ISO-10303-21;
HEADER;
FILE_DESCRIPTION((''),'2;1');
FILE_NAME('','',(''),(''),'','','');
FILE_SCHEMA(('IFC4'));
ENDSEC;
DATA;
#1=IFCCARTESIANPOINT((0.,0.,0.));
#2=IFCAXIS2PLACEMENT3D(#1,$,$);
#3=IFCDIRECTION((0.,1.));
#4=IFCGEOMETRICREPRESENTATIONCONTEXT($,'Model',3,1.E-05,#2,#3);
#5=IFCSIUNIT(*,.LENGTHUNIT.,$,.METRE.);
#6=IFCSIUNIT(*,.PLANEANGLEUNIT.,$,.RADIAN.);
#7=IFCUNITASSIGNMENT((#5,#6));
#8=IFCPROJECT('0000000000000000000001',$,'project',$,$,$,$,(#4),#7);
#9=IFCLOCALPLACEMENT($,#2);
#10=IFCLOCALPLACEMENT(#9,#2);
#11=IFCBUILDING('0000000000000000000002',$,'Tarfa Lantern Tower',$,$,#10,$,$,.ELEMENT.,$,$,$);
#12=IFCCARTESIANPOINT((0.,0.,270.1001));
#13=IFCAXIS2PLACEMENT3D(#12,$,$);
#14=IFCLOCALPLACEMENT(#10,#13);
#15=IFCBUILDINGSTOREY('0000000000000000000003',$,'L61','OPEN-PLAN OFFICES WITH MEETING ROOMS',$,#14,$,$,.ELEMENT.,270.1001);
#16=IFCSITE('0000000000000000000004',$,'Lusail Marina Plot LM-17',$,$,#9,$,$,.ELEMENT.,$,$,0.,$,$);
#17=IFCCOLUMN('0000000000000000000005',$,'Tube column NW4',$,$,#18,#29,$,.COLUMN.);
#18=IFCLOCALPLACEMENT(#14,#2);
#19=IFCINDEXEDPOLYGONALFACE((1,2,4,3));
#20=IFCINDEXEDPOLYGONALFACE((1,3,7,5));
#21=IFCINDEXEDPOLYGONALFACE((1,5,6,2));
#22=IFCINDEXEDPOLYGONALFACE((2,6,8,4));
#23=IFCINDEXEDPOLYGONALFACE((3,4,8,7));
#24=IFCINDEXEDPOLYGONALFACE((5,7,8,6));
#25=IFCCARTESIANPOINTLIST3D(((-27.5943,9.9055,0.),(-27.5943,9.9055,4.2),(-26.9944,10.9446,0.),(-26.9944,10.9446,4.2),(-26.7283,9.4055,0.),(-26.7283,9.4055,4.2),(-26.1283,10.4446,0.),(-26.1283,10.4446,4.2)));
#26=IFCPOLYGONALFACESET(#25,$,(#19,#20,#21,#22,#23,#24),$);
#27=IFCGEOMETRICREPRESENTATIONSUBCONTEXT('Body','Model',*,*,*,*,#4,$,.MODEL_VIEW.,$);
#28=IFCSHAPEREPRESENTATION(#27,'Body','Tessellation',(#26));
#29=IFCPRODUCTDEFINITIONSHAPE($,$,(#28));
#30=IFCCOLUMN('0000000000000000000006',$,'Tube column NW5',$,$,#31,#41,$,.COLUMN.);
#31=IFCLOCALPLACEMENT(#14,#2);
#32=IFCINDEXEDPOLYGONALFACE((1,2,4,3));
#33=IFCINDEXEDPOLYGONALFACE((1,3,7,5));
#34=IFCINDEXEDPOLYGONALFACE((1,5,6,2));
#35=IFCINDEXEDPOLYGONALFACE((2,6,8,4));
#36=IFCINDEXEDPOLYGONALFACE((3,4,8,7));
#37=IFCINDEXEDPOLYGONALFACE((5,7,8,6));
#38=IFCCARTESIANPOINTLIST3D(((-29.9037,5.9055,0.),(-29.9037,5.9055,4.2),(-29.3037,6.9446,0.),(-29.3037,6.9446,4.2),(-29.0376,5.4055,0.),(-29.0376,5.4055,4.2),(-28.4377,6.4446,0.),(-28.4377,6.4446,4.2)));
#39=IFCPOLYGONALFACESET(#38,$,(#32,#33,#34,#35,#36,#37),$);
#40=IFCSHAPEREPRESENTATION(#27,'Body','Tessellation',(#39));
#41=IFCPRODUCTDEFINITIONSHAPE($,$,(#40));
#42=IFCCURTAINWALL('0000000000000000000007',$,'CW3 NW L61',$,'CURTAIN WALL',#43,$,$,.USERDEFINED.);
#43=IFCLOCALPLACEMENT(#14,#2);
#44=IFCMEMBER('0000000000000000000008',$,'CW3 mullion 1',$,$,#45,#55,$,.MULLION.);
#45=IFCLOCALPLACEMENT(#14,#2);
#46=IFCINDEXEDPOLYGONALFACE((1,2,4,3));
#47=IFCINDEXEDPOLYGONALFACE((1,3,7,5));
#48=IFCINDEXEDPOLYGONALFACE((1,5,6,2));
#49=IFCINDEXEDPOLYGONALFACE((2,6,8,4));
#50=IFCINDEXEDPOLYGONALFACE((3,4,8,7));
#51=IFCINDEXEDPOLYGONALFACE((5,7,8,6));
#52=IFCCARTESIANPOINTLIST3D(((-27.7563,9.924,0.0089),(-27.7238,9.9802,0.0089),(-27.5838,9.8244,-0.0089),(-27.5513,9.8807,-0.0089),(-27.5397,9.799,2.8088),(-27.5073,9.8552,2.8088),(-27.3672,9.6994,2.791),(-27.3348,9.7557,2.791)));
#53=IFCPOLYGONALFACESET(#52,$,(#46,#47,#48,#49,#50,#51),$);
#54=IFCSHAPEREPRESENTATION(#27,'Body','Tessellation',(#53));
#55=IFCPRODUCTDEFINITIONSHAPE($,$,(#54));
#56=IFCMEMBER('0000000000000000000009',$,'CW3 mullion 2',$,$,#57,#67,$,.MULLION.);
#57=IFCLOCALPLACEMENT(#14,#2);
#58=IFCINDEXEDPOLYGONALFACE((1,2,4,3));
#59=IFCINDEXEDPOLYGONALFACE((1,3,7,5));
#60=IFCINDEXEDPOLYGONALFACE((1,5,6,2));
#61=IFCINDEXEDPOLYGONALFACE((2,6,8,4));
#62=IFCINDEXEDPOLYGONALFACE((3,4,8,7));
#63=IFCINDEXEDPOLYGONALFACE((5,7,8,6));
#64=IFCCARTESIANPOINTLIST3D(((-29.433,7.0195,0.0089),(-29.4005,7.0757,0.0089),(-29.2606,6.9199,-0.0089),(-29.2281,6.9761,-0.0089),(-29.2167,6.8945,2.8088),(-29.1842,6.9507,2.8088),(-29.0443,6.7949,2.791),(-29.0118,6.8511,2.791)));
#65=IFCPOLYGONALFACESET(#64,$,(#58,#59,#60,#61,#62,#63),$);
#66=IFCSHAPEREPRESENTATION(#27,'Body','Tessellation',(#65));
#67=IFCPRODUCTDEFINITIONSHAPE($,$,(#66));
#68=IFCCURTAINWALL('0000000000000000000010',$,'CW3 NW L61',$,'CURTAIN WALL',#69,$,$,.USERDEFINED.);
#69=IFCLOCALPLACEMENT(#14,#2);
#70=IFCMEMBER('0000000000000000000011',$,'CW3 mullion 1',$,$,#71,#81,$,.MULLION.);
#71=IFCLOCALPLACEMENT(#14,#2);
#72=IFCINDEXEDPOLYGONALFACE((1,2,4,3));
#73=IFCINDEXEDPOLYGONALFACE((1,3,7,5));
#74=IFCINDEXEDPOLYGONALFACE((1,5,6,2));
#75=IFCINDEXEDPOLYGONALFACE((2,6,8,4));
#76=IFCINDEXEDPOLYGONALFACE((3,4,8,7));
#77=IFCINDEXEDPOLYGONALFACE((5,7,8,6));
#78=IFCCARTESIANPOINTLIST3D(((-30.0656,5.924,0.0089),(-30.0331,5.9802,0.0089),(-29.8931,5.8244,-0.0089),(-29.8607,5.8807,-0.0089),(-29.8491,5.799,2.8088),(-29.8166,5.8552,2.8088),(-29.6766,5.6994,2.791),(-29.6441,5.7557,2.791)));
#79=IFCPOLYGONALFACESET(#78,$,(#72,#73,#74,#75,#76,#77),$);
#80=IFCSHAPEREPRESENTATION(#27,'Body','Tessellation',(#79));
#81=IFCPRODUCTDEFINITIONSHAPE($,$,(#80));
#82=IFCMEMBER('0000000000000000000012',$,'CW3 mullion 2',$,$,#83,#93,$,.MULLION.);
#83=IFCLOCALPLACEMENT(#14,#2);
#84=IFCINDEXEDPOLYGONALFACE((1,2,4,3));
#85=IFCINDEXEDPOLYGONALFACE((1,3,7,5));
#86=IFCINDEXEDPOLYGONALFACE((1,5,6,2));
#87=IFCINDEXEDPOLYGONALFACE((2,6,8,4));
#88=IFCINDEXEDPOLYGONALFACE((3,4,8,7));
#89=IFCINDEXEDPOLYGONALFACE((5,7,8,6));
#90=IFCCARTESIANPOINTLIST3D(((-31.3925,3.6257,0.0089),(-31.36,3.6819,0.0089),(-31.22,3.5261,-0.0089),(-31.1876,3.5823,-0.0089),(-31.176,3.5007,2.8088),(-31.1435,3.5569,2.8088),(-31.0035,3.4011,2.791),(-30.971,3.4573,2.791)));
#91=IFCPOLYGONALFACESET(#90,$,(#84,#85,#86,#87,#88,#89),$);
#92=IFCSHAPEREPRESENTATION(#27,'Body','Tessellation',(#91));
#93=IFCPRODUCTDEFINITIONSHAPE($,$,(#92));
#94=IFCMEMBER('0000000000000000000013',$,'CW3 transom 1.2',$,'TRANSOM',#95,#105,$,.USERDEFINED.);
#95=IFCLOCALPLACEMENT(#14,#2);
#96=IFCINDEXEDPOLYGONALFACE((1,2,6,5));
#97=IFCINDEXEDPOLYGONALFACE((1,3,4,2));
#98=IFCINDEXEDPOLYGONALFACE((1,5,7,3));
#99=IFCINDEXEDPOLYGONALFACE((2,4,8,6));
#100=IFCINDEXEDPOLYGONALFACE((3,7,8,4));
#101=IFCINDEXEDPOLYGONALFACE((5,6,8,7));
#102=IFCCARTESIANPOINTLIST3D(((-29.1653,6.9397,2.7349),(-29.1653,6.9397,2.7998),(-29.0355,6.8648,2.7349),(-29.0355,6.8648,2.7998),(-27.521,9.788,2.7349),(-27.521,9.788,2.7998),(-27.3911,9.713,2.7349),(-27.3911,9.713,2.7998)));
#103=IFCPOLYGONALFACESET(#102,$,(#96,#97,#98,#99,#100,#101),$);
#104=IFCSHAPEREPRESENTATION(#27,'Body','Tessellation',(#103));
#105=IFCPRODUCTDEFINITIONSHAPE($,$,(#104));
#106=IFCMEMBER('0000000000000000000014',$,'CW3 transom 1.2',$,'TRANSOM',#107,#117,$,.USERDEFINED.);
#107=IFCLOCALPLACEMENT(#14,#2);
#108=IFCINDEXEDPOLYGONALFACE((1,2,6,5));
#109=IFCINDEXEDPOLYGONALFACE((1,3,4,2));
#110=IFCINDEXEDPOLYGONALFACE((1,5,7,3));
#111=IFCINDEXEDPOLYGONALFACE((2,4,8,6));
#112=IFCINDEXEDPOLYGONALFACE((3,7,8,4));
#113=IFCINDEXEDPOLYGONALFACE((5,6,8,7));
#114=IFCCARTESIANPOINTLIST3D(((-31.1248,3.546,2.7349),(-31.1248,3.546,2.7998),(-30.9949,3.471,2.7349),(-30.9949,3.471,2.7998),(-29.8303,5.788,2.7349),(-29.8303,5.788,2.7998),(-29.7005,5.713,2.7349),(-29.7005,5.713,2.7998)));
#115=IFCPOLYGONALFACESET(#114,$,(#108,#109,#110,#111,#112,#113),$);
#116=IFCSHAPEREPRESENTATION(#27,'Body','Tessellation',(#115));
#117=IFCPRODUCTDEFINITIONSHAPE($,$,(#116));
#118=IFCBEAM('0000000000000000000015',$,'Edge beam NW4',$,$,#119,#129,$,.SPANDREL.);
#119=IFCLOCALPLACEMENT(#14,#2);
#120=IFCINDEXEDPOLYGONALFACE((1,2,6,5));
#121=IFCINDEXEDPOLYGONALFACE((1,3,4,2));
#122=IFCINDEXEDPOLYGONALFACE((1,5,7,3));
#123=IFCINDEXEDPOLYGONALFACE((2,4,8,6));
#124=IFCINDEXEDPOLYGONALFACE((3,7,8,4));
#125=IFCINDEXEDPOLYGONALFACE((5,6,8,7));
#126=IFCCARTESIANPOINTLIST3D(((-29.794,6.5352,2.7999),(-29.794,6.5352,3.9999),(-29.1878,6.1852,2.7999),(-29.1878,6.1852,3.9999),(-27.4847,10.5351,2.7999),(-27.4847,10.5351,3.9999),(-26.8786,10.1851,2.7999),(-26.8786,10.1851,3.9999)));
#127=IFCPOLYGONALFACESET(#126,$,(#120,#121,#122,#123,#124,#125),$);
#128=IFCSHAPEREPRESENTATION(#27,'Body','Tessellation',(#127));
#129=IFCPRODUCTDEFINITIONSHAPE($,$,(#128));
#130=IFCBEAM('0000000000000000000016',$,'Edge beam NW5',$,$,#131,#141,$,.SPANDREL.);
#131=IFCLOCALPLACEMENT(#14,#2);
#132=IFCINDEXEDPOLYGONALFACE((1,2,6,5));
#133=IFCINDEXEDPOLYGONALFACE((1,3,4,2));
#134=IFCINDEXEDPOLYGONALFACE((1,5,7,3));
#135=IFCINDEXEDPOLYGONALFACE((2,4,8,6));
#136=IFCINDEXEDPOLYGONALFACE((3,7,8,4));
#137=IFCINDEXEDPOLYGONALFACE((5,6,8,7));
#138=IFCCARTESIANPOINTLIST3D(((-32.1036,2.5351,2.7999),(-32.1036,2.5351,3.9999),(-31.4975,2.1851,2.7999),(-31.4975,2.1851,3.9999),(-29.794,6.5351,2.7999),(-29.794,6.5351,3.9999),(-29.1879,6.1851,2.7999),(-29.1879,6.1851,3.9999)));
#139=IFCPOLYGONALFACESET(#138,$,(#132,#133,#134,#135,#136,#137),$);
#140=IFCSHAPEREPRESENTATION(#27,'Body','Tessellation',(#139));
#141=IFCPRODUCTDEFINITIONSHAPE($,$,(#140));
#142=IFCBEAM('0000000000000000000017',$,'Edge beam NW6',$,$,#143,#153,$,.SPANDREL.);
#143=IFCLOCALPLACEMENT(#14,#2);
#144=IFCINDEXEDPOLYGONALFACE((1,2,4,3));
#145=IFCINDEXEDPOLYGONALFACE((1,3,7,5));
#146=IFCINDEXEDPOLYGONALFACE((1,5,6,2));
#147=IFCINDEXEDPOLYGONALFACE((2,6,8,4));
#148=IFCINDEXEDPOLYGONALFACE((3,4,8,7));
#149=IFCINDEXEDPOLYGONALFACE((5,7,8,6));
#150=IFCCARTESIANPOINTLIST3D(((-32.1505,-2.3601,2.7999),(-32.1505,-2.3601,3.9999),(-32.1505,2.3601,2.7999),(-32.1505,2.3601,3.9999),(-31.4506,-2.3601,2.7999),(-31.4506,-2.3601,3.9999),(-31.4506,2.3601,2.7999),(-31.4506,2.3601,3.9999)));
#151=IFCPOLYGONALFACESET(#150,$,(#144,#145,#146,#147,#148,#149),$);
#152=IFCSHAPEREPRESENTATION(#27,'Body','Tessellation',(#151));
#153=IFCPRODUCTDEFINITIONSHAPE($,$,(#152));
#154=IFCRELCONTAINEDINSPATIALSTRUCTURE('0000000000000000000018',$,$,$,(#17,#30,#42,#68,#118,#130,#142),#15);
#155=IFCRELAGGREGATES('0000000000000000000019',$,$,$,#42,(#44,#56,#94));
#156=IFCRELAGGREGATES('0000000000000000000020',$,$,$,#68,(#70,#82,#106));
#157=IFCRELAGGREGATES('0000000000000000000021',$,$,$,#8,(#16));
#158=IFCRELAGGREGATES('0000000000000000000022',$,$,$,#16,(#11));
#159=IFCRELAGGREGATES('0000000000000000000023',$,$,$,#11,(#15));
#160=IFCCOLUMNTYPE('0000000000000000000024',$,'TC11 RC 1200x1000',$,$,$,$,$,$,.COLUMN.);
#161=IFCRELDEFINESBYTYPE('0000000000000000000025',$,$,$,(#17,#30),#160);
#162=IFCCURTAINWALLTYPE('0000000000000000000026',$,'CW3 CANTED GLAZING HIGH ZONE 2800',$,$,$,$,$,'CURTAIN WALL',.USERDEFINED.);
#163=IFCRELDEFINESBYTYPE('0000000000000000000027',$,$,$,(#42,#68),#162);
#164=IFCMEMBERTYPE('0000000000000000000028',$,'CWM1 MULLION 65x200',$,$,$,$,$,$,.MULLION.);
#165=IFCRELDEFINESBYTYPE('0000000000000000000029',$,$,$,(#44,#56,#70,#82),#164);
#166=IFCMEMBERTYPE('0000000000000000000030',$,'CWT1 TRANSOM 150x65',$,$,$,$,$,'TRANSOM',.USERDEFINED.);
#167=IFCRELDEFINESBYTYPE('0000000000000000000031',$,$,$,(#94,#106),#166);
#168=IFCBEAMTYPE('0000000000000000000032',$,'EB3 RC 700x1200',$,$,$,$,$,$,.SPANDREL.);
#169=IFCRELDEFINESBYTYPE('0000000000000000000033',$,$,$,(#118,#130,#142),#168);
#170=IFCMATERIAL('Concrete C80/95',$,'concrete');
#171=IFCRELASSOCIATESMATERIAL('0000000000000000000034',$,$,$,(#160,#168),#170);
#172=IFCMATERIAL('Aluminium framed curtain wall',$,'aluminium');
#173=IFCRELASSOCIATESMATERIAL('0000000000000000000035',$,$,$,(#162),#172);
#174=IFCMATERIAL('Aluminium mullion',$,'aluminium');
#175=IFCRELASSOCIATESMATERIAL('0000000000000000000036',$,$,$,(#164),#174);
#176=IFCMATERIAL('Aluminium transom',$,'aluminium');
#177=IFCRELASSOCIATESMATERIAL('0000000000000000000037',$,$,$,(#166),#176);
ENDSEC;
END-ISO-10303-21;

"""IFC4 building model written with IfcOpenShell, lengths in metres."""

from ifc_helpers import new_model, si_unit, direction, frame, origin, origin_2d, place, context, subcontext, project, spatial, rectangle, extrude, material, material_profile, profile_set, type_object, element, aggregate, save


model = new_model("IFC4")

# Units and contexts
model_context = context("Model", 3, precision=1e-05, world=origin(), true_north=direction((0.0, 1.0)))
body_context = subcontext(model_context, "Body", "Model", "MODEL_VIEW")
ifc_project = project(units=[si_unit("LENGTHUNIT", "METRE"), si_unit("PLANEANGLEUNIT", "RADIAN")], contexts=[model_context])

# Site, building, storey
site_placement = place(None, origin())
site = spatial("IfcSite", under=ifc_project, at=site_placement, Name="Lusail Marina Plot LM-17", CompositionType="ELEMENT", RefElevation=0.0)
building_placement = place(site_placement, origin())
building = spatial("IfcBuilding", under=site, at=building_placement, Name="Tarfa Lantern Tower", CompositionType="ELEMENT")
storey_placement = place(building_placement, frame((0.0, 0.0, 270.1001)))
storey = spatial("IfcBuildingStorey", under=building, at=storey_placement, Name="L61", Description="OPEN-PLAN OFFICES WITH MEETING ROOMS", CompositionType="ELEMENT", Elevation=270.1001)

# Columns
ifc_material_1 = material(Name="Concrete C80/95", Category="concrete")
ifc_material_profile_1 = material_profile(ifc_material_1, rectangle(XDim=1.2, YDim=1.0, at=origin_2d()), Name="RC 1200x1000")
ifc_profile_set_1 = profile_set([ifc_material_profile_1], Name="Concrete C80/95")
column_type = type_object("IfcColumnType", Name="TC11 RC 1200x1000", PredefinedType="COLUMN", material=ifc_profile_set_1)
for number, where, z_axis, x_axis, name in (
    (1, (-26.8613, 10.175, 0.0), (0.0, 0.0, 1.0), (-0.5, -0.866025, 0.0), "Tube column NW4"),
    (2, (-29.1707, 6.175, 0.0), (0.0, 0.0, 1.0), (-0.5, -0.866025, 0.0), "Tube column NW5"),
):
    element("IfcColumn", number, at=place(storey_placement, frame(where, z_axis=z_axis, x_axis=x_axis)), inside=storey, type_object=column_type, Name=name, PredefinedType="COLUMN", context=body_context, shape_type="SweptSolid", body=[
        extrude(rectangle(XDim=1.2, YDim=1.0, at=origin_2d()), origin(), (0.0, 0.0, 1.0), 4.2),
    ])

# Curtain walls, members
ifc_material_2 = material(Name="Aluminium framed curtain wall", Category="aluminium")
curtain_wall_type = type_object("IfcCurtainWallType", Name="CW3 CANTED GLAZING HIGH ZONE 2800", ElementType="CURTAIN WALL", PredefinedType="USERDEFINED", material=ifc_material_2)
curtain_wall_1_placement = place(storey_placement, origin())
curtain_wall_1 = element("IfcCurtainWall", 3, at=curtain_wall_1_placement, inside=storey, type_object=curtain_wall_type, Name="CW3 NW L61", ObjectType="CURTAIN WALL", PredefinedType="USERDEFINED")
ifc_material_3 = material(Name="Aluminium mullion", Category="aluminium")
ifc_material_profile_2 = material_profile(ifc_material_3, rectangle(XDim=0.0649, YDim=0.2, at=origin_2d()), Name="AL MULLION 65x200")
ifc_profile_set_2 = profile_set([ifc_material_profile_2], Name="Aluminium mullion")
member_type_1 = type_object("IfcMemberType", Name="CWM1 MULLION 65x200", PredefinedType="MULLION", material=ifc_profile_set_2)
member_1_placement = place(storey_placement, frame((-27.6538, 9.9023, 0.0), z_axis=(0.077039, -0.044469, 0.996036), x_axis=(0.49992, 0.866072, 0.0)))
member_1 = element("IfcMember", 4, at=member_1_placement, type_object=member_type_1, Name="CW3 mullion 1", PredefinedType="MULLION", context=body_context, shape_type="SweptSolid", body=[
    extrude(rectangle(XDim=0.0649, YDim=0.2, at=origin_2d()), origin(), (0.0, 0.0, 1.0), 2.811),
])
member_2_placement = place(storey_placement, frame((-29.3306, 6.9978, 0.0), z_axis=(0.076953, -0.044469, 0.996043), x_axis=(0.500343, 0.865827, 0.0)))
member_2 = element("IfcMember", 5, at=member_2_placement, type_object=member_type_1, Name="CW3 mullion 2", PredefinedType="MULLION", context=body_context, shape_type="SweptSolid", body=[
    extrude(rectangle(XDim=0.0649, YDim=0.2, at=origin_2d()), origin(), (0.0, 0.0, 1.0), 2.811),
])
curtain_wall_2_placement = place(storey_placement, origin())
curtain_wall_2 = element("IfcCurtainWall", 6, at=curtain_wall_2_placement, inside=storey, type_object=curtain_wall_type, Name="CW3 NW L61", ObjectType="CURTAIN WALL", PredefinedType="USERDEFINED")
member_3_placement = place(storey_placement, frame((-29.9631, 5.9023, 0.0), z_axis=(0.077039, -0.044469, 0.996036), x_axis=(0.49992, 0.866072, 0.0)))
member_3 = element("IfcMember", 7, at=member_3_placement, type_object=member_type_1, Name="CW3 mullion 1", PredefinedType="MULLION", context=body_context, shape_type="SweptSolid", body=[
    extrude(rectangle(XDim=0.0649, YDim=0.2, at=origin_2d()), origin(), (0.0, 0.0, 1.0), 2.811),
])
member_4_placement = place(storey_placement, frame((-31.29, 3.604, 0.0), z_axis=(0.077039, -0.044469, 0.996036), x_axis=(0.49992, 0.866072, 0.0)))
member_4 = element("IfcMember", 8, at=member_4_placement, type_object=member_type_1, Name="CW3 mullion 2", PredefinedType="MULLION", context=body_context, shape_type="SweptSolid", body=[
    extrude(rectangle(XDim=0.0649, YDim=0.2, at=origin_2d()), origin(), (0.0, 0.0, 1.0), 2.811),
])

# Members
ifc_material_4 = material(Name="Aluminium transom", Category="aluminium")
ifc_material_profile_3 = material_profile(ifc_material_4, rectangle(XDim=0.1499, YDim=0.0649, at=origin_2d()), Name="AL TRANSOM 150x65")
ifc_profile_set_3 = profile_set([ifc_material_profile_3], Name="Aluminium transom")
member_type_2 = type_object("IfcMemberType", Name="CWT1 TRANSOM 150x65", ElementType="TRANSOM", PredefinedType="USERDEFINED", material=ifc_profile_set_3)
member_5_placement = place(storey_placement, frame((-27.4561, 9.7505, 2.7673), z_axis=(-0.499979, -0.866037, 0.0), x_axis=(0.866037, -0.499979, 0.0)))
member_5 = element("IfcMember", 9, at=member_5_placement, type_object=member_type_2, Name="CW3 transom 1.2", ObjectType="TRANSOM", PredefinedType="USERDEFINED", context=body_context, shape_type="SweptSolid", body=[
    extrude(rectangle(XDim=0.1499, YDim=0.0649, at=origin_2d()), origin(), (0.0, 0.0, 1.0), 3.2888),
])
member_6_placement = place(storey_placement, frame((-29.7654, 5.7505, 2.7673), z_axis=(-0.500014, -0.866018, 0.0), x_axis=(0.866018, -0.500014, 0.0)))
member_6 = element("IfcMember", 10, at=member_6_placement, type_object=member_type_2, Name="CW3 transom 1.2", ObjectType="TRANSOM", PredefinedType="USERDEFINED", context=body_context, shape_type="SweptSolid", body=[
    extrude(rectangle(XDim=0.1499, YDim=0.0649, at=origin_2d()), origin(), (0.0, 0.0, 1.0), 2.5889),
])

# Beams
ifc_material_profile_4 = material_profile(ifc_material_1, rectangle(XDim=0.7, YDim=1.2, at=origin_2d()), Name="RC 700x1200")
ifc_profile_set_4 = profile_set([ifc_material_profile_4], Name="Concrete C80/95")
beam_type_1 = type_object("IfcBeamType", Name="EB3 RC 700x1200", PredefinedType="SPANDREL", material=ifc_profile_set_4)
beam_1_placement = place(storey_placement, frame((-27.1816, 10.3601, 3.3999), z_axis=(-0.499988, -0.866032, 0.0), x_axis=(0.866032, -0.499988, 0.0)))
element("IfcBeam", 11, at=beam_1_placement, inside=storey, type_object=beam_type_1, Name="Edge beam NW4", PredefinedType="SPANDREL", context=body_context, shape_type="SweptSolid", body=[
    extrude(rectangle(XDim=0.7, YDim=1.2, at=origin_2d()), origin(), (0.0, 0.0, 1.0), 4.6187),
])
beam_2_placement = place(storey_placement, frame((-29.491, 6.3601, 3.3999), z_axis=(-0.500027, -0.86601, 0.0), x_axis=(0.86601, -0.500027, 0.0)))
element("IfcBeam", 12, at=beam_2_placement, inside=storey, type_object=beam_type_1, Name="Edge beam NW5", PredefinedType="SPANDREL", context=body_context, shape_type="SweptSolid", body=[
    extrude(rectangle(XDim=0.7, YDim=1.2, at=origin_2d()), origin(), (0.0, 0.0, 1.0), 4.6189),
])
beam_3_placement = place(storey_placement, frame((-31.8005, 2.3601, 3.3999), z_axis=(0.0, -1.0, 0.0), x_axis=(1.0, 0.0, 0.0)))
element("IfcBeam", 13, at=beam_3_placement, inside=storey, type_object=beam_type_1, Name="Edge beam NW6", PredefinedType="SPANDREL", context=body_context, shape_type="SweptSolid", body=[
    extrude(rectangle(XDim=0.7, YDim=1.2, at=origin_2d()), origin(), (0.0, 0.0, 1.0), 4.7202),
])

aggregate(curtain_wall_1, [member_1, member_2, member_5])
aggregate(curtain_wall_2, [member_3, member_4, member_6])

save(model, "model.ifc")
